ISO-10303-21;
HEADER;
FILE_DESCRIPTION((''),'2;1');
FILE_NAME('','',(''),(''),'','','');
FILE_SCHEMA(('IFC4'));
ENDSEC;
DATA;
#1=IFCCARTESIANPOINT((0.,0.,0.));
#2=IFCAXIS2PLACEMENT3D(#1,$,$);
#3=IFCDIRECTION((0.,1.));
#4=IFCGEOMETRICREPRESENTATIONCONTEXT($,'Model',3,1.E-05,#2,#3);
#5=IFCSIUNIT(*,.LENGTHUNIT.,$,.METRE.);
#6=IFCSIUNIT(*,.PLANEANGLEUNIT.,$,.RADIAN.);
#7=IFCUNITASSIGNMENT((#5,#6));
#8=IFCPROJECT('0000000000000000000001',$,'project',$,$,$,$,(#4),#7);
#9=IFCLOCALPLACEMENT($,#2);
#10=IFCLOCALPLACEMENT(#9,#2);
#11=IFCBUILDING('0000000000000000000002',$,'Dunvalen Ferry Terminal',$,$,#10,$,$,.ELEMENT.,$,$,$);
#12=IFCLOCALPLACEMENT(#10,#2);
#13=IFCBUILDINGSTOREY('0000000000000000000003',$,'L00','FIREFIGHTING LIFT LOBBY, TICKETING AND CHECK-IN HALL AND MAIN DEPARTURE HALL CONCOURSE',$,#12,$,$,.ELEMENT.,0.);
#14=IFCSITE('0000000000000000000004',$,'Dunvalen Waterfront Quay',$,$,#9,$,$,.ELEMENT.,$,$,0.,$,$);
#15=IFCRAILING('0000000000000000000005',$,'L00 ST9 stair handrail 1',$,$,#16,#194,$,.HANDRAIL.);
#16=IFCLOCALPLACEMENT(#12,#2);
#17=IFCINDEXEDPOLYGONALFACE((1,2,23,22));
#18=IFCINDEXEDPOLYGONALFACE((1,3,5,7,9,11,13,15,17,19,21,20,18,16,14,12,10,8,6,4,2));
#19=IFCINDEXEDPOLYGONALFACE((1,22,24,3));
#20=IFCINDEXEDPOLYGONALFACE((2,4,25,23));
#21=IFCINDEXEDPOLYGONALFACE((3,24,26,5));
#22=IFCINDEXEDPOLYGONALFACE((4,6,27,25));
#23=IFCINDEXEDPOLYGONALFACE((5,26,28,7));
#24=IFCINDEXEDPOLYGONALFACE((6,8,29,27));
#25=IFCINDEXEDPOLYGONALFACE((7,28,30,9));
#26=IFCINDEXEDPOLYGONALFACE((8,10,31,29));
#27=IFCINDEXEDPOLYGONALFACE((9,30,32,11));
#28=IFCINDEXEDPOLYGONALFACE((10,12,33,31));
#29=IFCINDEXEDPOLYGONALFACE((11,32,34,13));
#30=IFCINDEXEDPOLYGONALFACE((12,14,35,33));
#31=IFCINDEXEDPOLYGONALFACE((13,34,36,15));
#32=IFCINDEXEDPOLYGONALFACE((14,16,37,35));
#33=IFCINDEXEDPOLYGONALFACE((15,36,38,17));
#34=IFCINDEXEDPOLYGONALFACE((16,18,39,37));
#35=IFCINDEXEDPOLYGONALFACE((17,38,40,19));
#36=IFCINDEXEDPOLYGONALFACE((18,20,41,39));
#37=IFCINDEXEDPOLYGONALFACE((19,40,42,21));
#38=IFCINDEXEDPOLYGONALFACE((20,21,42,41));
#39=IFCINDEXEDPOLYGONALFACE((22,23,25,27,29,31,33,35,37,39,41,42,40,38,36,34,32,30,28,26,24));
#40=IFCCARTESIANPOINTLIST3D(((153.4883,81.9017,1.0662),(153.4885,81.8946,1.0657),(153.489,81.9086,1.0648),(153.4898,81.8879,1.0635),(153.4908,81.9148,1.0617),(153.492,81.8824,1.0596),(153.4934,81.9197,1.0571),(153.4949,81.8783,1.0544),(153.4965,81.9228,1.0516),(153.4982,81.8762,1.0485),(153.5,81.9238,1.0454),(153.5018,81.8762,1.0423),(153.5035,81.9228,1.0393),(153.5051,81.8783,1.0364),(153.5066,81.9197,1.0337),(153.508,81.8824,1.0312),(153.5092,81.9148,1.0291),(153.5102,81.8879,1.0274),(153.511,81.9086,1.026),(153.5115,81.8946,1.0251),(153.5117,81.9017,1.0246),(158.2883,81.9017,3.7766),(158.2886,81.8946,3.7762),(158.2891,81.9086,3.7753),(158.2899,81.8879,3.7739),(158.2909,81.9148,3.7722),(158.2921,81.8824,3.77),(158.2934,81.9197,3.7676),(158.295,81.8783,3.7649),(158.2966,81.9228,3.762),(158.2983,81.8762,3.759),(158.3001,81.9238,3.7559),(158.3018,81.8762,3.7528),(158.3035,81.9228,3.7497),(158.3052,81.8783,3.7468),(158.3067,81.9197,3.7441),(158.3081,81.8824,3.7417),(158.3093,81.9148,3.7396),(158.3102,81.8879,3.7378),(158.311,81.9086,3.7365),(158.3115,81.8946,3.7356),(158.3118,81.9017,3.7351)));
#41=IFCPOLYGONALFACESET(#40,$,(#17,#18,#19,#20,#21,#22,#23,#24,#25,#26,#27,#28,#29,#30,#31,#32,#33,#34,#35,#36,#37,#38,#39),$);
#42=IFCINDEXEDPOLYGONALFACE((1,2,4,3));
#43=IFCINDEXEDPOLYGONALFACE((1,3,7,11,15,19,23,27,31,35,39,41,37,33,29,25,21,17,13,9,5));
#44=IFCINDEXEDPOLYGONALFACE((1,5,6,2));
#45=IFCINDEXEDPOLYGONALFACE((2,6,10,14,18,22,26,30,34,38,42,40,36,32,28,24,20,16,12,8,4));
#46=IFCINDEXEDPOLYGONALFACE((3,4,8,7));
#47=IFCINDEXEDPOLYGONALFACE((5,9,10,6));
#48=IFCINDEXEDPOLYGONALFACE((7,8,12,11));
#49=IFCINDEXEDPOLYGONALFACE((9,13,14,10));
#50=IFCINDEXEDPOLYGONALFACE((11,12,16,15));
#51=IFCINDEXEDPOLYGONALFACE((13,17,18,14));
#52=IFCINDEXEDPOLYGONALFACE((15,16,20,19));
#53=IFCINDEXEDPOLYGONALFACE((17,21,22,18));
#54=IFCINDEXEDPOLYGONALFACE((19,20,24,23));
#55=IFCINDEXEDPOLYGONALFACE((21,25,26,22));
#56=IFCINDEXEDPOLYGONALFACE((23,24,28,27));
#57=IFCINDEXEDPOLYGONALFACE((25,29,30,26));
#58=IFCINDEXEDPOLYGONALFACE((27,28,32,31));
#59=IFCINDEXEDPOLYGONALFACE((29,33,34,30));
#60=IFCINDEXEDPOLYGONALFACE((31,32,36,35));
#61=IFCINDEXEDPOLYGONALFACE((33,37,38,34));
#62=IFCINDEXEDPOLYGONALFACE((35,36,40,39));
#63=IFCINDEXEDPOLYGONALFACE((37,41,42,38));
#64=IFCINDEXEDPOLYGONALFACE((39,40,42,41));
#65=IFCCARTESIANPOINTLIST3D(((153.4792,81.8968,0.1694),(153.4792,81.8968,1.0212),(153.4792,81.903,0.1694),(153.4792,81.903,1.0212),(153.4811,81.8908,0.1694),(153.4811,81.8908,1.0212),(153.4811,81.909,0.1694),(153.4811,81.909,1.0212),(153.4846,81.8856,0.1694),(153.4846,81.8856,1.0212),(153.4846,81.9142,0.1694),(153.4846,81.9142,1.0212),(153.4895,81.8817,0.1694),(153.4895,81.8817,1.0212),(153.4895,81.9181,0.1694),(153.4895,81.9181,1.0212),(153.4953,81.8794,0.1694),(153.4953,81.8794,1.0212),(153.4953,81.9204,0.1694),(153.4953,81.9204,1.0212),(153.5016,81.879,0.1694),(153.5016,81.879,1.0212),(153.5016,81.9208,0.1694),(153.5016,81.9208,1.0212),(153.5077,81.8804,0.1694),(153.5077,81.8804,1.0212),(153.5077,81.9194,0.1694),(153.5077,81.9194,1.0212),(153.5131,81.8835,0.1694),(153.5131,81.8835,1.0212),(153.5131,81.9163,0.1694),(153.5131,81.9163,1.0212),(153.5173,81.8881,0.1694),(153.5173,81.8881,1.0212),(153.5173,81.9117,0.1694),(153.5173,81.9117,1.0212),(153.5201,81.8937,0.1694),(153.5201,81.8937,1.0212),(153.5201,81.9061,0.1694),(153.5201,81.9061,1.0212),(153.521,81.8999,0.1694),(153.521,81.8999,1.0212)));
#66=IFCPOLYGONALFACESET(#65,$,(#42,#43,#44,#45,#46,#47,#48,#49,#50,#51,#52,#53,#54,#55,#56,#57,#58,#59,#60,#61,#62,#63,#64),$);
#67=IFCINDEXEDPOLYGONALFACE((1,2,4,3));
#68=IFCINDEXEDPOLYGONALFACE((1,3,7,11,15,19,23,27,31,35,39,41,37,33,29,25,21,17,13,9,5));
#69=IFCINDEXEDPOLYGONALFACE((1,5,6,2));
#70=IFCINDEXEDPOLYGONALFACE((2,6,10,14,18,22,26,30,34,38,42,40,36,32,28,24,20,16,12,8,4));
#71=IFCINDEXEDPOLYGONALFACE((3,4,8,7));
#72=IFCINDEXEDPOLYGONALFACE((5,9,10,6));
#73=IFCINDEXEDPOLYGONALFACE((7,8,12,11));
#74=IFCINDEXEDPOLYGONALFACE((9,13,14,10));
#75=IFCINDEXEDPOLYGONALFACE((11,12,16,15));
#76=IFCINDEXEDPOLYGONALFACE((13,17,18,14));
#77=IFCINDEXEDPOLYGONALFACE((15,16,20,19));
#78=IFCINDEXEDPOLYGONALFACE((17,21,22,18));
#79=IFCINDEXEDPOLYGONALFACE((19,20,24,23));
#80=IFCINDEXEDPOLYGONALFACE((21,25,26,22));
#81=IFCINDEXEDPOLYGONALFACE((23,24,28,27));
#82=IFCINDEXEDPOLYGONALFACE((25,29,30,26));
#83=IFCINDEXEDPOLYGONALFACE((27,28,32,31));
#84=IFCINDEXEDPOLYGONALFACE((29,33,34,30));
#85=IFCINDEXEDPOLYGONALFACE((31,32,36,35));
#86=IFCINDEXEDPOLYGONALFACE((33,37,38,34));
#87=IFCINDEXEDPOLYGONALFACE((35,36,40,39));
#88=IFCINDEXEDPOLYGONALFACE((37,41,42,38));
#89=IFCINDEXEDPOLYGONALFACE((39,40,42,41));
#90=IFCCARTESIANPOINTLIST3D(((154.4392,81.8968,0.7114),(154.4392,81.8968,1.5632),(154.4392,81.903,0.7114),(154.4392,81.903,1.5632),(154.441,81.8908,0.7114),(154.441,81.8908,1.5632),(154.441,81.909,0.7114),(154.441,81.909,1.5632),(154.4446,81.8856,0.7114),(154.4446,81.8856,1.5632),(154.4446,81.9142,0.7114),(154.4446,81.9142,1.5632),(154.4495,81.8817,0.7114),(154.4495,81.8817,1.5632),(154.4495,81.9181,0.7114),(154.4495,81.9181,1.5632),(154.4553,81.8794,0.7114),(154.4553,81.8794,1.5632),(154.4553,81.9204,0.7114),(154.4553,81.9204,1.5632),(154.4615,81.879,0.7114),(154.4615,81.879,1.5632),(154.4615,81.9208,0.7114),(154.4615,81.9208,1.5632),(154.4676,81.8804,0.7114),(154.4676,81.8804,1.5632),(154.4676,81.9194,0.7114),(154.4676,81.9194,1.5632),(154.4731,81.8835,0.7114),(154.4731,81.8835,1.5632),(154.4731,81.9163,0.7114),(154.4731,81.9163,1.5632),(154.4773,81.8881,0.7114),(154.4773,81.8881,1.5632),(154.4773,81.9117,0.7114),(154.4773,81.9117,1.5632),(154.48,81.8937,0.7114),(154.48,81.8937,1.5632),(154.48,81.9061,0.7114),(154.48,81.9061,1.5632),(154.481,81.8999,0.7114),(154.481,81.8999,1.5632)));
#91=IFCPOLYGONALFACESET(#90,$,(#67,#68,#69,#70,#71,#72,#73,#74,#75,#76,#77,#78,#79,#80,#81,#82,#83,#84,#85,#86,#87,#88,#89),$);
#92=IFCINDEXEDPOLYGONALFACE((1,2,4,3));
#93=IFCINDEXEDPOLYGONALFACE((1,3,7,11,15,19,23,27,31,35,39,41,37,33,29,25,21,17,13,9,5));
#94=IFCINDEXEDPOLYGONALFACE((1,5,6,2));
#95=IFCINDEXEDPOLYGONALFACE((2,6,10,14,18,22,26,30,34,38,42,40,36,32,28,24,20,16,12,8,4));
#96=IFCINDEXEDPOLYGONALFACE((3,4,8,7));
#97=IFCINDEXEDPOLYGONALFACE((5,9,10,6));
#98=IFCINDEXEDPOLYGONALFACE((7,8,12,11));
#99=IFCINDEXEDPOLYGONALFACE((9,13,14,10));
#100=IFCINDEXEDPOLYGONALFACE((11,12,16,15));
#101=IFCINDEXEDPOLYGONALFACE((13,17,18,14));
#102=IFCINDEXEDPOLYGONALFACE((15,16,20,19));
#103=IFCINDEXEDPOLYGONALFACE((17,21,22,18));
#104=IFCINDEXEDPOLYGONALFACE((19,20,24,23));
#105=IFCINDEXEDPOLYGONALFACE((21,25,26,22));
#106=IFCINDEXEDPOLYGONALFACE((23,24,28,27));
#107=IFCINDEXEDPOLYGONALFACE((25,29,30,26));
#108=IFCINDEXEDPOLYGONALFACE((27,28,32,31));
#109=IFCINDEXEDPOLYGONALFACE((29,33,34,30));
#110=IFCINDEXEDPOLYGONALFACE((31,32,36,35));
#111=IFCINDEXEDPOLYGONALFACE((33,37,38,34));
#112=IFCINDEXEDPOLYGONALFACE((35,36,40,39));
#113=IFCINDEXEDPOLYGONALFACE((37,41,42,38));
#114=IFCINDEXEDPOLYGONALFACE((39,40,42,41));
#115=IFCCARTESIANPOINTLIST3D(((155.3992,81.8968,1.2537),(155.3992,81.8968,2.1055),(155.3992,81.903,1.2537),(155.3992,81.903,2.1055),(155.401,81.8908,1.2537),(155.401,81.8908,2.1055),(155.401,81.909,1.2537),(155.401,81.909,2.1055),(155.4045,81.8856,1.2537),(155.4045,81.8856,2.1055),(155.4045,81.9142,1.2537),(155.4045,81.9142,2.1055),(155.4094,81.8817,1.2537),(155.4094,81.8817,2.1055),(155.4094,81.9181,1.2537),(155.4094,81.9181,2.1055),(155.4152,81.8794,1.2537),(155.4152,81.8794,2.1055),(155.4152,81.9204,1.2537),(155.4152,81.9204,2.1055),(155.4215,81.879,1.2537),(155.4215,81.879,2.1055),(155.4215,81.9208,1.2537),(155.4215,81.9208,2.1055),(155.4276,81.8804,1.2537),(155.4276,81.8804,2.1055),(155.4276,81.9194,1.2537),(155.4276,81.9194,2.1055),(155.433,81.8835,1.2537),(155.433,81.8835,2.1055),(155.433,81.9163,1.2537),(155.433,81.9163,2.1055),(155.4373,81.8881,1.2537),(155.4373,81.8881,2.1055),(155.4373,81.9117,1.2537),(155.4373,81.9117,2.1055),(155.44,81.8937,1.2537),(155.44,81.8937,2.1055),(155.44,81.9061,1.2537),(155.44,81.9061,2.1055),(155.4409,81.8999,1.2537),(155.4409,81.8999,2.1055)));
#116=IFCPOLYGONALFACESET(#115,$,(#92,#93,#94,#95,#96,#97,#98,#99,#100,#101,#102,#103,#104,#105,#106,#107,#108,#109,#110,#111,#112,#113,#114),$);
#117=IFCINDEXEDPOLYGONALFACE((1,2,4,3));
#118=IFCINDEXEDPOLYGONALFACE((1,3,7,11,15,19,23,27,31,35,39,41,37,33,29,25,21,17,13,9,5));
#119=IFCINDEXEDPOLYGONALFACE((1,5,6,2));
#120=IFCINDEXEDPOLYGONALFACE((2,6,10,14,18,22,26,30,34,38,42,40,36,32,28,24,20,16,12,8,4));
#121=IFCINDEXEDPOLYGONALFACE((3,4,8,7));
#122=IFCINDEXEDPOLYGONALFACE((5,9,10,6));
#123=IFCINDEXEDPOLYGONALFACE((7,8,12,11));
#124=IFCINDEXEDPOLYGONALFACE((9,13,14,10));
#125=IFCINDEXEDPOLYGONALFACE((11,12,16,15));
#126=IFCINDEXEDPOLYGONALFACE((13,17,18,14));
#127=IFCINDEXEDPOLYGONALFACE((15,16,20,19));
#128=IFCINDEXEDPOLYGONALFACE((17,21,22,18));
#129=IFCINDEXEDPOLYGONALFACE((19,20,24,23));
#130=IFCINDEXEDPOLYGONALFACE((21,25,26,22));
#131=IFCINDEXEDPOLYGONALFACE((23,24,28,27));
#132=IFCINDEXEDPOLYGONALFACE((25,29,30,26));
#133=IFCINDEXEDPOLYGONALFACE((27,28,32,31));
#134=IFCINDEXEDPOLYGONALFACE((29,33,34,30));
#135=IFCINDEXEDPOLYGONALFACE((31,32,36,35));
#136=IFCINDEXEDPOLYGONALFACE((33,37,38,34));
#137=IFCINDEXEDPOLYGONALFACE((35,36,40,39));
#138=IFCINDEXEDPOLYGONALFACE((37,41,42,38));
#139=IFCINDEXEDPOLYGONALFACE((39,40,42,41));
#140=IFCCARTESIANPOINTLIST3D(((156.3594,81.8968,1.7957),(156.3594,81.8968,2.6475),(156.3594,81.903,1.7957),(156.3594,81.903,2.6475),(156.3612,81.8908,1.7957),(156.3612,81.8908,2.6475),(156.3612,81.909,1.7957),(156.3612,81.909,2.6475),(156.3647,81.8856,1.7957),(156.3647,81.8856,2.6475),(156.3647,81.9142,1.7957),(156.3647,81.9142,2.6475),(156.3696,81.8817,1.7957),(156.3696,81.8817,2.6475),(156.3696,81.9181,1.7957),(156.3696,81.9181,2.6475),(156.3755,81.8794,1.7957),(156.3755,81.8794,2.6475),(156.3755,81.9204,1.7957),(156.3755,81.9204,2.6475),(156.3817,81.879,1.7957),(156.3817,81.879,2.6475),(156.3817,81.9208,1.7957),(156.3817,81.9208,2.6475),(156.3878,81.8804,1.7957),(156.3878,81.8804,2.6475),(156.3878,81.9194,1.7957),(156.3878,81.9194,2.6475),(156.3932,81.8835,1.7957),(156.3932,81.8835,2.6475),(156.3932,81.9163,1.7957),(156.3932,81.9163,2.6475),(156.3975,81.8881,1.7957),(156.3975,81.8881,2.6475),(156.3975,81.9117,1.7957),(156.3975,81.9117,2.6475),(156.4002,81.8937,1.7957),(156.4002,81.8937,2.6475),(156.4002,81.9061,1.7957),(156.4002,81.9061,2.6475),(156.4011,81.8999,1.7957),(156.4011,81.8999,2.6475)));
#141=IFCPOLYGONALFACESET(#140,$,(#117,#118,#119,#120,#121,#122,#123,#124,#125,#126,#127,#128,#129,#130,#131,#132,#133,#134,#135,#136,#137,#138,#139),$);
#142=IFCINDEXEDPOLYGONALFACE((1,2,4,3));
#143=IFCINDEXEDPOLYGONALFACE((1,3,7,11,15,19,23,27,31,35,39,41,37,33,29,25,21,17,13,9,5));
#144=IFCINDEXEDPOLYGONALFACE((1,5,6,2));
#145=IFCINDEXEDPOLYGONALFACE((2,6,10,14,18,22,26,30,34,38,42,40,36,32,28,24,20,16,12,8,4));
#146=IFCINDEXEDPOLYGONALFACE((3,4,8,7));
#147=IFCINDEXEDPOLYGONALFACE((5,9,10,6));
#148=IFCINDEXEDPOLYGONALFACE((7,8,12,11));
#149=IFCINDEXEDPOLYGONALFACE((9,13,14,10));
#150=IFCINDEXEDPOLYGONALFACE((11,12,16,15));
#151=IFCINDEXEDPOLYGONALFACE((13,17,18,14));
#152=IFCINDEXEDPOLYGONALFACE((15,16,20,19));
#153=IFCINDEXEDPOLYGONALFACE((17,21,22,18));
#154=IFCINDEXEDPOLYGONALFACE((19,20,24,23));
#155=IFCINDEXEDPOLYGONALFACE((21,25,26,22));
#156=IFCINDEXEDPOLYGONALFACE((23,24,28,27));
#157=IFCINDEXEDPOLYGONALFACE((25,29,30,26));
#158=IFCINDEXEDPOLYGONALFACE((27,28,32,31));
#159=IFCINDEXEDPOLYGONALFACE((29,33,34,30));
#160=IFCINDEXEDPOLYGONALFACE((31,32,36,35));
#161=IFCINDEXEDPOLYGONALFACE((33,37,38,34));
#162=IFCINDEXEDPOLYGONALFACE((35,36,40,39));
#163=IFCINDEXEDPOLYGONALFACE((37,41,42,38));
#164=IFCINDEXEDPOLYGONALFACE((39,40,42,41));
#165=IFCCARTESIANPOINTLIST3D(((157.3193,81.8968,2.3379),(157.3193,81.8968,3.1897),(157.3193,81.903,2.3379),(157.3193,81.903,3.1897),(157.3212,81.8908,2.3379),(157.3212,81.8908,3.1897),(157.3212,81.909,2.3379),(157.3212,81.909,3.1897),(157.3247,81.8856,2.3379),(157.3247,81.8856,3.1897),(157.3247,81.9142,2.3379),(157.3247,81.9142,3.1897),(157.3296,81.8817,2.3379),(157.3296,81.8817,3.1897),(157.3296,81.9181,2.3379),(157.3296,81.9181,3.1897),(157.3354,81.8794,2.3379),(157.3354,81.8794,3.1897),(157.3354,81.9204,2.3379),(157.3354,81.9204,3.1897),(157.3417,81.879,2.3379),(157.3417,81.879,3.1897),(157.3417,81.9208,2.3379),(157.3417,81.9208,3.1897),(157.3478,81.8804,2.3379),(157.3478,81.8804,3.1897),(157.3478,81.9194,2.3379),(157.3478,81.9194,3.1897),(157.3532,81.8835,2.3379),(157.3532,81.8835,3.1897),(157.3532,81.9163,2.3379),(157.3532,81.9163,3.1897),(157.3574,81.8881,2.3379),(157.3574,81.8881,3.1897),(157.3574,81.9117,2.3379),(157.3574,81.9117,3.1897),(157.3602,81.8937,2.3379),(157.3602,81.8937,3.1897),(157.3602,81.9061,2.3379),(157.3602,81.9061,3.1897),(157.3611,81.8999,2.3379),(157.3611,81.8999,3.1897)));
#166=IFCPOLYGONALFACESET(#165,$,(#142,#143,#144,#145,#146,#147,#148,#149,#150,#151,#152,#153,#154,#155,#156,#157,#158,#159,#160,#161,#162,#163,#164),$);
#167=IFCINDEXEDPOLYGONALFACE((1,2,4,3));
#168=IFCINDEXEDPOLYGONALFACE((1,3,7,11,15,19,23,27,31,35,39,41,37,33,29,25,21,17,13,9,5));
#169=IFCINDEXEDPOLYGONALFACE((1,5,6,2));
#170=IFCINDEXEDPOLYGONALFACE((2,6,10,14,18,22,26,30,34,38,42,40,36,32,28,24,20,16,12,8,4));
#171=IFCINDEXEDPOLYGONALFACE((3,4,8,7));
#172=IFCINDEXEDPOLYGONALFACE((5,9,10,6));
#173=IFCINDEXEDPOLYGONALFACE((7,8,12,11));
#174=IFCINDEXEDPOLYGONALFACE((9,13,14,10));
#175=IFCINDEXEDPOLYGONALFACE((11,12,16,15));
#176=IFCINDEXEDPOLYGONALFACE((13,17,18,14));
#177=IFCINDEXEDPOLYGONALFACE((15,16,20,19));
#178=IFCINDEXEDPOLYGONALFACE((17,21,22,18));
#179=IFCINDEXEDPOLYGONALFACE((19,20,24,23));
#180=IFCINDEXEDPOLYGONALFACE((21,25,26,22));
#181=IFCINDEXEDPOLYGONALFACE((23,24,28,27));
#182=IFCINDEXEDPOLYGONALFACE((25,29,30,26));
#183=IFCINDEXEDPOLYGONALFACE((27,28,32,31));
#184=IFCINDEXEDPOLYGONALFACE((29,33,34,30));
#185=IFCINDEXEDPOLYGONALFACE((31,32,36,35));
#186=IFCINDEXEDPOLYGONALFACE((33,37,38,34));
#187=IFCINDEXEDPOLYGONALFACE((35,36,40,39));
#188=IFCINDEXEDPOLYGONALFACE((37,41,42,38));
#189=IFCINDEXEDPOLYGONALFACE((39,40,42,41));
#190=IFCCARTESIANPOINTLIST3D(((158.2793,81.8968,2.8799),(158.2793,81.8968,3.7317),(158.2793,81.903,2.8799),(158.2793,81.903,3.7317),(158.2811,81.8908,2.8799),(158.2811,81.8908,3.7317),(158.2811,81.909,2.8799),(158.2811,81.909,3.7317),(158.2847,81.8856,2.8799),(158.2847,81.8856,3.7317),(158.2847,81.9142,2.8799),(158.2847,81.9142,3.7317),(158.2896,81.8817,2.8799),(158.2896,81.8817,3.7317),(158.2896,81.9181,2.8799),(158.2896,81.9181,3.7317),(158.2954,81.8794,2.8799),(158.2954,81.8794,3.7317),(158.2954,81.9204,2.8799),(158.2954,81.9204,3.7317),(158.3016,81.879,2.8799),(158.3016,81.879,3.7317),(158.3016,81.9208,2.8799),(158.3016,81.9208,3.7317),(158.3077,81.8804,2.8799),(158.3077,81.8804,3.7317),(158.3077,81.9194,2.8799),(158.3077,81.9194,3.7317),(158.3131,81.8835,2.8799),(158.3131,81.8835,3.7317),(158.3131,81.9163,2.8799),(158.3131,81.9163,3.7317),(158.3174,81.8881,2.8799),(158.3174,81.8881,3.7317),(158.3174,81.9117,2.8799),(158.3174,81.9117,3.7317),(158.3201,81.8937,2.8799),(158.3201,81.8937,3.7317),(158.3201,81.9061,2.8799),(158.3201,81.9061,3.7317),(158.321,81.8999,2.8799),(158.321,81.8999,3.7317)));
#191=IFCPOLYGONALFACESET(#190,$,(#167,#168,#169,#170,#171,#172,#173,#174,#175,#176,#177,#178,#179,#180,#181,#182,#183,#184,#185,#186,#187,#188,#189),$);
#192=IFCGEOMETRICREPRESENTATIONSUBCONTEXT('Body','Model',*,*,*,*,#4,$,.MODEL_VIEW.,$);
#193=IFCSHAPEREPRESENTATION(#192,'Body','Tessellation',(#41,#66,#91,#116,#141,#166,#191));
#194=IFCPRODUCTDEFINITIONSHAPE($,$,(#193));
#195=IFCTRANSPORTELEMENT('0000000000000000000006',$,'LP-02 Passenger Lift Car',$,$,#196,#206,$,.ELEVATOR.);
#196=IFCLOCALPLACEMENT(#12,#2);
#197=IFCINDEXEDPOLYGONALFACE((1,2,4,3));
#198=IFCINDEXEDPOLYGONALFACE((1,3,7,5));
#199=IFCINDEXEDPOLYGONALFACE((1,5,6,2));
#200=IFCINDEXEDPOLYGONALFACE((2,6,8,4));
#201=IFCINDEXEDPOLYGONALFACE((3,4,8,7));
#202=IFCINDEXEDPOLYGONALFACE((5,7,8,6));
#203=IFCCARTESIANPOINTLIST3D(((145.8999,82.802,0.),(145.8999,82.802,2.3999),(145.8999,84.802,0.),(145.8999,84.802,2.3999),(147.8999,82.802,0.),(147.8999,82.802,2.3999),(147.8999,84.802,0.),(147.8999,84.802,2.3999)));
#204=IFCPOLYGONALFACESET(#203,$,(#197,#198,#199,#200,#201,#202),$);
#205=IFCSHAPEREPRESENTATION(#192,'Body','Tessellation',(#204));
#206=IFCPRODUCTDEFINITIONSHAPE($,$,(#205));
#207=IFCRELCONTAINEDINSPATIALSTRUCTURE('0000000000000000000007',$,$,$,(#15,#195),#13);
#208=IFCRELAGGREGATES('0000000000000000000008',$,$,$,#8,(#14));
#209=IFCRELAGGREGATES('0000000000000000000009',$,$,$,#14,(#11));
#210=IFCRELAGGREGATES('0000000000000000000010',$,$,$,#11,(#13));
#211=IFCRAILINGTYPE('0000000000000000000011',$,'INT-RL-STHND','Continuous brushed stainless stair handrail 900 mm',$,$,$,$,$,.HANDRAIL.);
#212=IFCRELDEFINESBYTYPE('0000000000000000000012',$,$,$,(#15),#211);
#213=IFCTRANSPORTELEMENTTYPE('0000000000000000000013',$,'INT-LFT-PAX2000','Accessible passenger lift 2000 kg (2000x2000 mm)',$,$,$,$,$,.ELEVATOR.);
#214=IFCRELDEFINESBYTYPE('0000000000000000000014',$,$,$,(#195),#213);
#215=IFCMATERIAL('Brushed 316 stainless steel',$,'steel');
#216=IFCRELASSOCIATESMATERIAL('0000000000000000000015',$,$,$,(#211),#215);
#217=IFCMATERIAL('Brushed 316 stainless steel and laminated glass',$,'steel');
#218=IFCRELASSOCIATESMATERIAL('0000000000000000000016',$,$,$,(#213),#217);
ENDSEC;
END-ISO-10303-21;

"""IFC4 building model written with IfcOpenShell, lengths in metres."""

from ifc_helpers import new_model, si_unit, direction, frame, origin, origin_2d, place, context, subcontext, project, spatial, rectangle, circle, extrude, material, type_object, element, save


model = new_model("IFC4")

# Units and contexts
model_context = context("Model", 3, precision=1e-05, world=origin(), true_north=direction((0.0, 1.0)))
body_context = subcontext(model_context, "Body", "Model", "MODEL_VIEW")
ifc_project = project(units=[si_unit("LENGTHUNIT", "METRE"), si_unit("PLANEANGLEUNIT", "RADIAN")], contexts=[model_context])

# Site, building, storey
site_placement = place(None, origin())
site = spatial("IfcSite", under=ifc_project, at=site_placement, Name="Dunvalen Waterfront Quay", CompositionType="ELEMENT", RefElevation=0.0)
building_placement = place(site_placement, origin())
building = spatial("IfcBuilding", under=site, at=building_placement, Name="Dunvalen Ferry Terminal", CompositionType="ELEMENT")
storey_placement = place(building_placement, origin())
storey = spatial("IfcBuildingStorey", under=building, at=storey_placement, Name="L00", Description="FIREFIGHTING LIFT LOBBY, TICKETING AND CHECK-IN HALL AND MAIN DEPARTURE HALL CONCOURSE", CompositionType="ELEMENT", Elevation=0.0)

# Railing
ifc_material_1 = material(Name="Brushed 316 stainless steel", Category="steel")
railing_type_1 = type_object("IfcRailingType", Name="INT-RL-STHND", Description="Continuous brushed stainless stair handrail 900 mm", PredefinedType="HANDRAIL", material=ifc_material_1)
railing_1_placement = place(storey_placement, frame((153.5, 81.8999, 0.1694)))
element("IfcRailing", 1, at=railing_1_placement, inside=storey, type_object=railing_type_1, Name="L00 ST9 stair handrail 1", PredefinedType="HANDRAIL", context=body_context, shape_type="SweptSolid", body=[
    extrude(circle(Radius=0.0239, at=origin_2d()), frame((0.0, 0.0, 0.876), z_axis=(0.870767, 0.0, 0.491697), x_axis=(0.0, 1.0, 0.0)), (0.0, 0.0, 1.0), 5.5125),
    extrude(circle(Radius=0.021, at=origin_2d()), origin(), (0.0, 0.0, 1.0), 0.8518),
    extrude(circle(Radius=0.021, at=origin_2d()), frame((0.96, 0.0, 0.542)), (0.0, 0.0, 1.0), 0.8518),
    extrude(circle(Radius=0.021, at=origin_2d()), frame((1.9199, 0.0, 1.0842)), (0.0, 0.0, 1.0), 0.8518),
    extrude(circle(Radius=0.021, at=origin_2d()), frame((2.8801, 0.0, 1.6262)), (0.0, 0.0, 1.0), 0.8518),
    extrude(circle(Radius=0.021, at=origin_2d()), frame((3.8401, 0.0, 2.1685)), (0.0, 0.0, 1.0), 0.8518),
    extrude(circle(Radius=0.021, at=origin_2d()), frame((4.8, 0.0, 2.7104)), (0.0, 0.0, 1.0), 0.8518),
])

# Transport element
ifc_material_2 = material(Name="Brushed 316 stainless steel and laminated glass", Category="steel")
transport_element_type = type_object("IfcTransportElementType", Name="INT-LFT-PAX2000", Description="Accessible passenger lift 2000 kg (2000x2000 mm)", PredefinedType="ELEVATOR", material=ifc_material_2)
transport_element_placement = place(storey_placement, frame((146.8999, 83.802, 0.0), z_axis=(0.0, 0.0, 1.0), x_axis=(1.0, 0.0, 0.0)))
element("IfcTransportElement", 2, at=transport_element_placement, inside=storey, type_object=transport_element_type, Name="LP-02 Passenger Lift Car", PredefinedType="ELEVATOR", context=body_context, shape_type="SweptSolid", body=[
    extrude(rectangle(XDim=2.0, YDim=2.0, at=origin_2d()), origin(), (0.0, 0.0, 1.0), 2.3999),
])

save(model, "model.ifc")
